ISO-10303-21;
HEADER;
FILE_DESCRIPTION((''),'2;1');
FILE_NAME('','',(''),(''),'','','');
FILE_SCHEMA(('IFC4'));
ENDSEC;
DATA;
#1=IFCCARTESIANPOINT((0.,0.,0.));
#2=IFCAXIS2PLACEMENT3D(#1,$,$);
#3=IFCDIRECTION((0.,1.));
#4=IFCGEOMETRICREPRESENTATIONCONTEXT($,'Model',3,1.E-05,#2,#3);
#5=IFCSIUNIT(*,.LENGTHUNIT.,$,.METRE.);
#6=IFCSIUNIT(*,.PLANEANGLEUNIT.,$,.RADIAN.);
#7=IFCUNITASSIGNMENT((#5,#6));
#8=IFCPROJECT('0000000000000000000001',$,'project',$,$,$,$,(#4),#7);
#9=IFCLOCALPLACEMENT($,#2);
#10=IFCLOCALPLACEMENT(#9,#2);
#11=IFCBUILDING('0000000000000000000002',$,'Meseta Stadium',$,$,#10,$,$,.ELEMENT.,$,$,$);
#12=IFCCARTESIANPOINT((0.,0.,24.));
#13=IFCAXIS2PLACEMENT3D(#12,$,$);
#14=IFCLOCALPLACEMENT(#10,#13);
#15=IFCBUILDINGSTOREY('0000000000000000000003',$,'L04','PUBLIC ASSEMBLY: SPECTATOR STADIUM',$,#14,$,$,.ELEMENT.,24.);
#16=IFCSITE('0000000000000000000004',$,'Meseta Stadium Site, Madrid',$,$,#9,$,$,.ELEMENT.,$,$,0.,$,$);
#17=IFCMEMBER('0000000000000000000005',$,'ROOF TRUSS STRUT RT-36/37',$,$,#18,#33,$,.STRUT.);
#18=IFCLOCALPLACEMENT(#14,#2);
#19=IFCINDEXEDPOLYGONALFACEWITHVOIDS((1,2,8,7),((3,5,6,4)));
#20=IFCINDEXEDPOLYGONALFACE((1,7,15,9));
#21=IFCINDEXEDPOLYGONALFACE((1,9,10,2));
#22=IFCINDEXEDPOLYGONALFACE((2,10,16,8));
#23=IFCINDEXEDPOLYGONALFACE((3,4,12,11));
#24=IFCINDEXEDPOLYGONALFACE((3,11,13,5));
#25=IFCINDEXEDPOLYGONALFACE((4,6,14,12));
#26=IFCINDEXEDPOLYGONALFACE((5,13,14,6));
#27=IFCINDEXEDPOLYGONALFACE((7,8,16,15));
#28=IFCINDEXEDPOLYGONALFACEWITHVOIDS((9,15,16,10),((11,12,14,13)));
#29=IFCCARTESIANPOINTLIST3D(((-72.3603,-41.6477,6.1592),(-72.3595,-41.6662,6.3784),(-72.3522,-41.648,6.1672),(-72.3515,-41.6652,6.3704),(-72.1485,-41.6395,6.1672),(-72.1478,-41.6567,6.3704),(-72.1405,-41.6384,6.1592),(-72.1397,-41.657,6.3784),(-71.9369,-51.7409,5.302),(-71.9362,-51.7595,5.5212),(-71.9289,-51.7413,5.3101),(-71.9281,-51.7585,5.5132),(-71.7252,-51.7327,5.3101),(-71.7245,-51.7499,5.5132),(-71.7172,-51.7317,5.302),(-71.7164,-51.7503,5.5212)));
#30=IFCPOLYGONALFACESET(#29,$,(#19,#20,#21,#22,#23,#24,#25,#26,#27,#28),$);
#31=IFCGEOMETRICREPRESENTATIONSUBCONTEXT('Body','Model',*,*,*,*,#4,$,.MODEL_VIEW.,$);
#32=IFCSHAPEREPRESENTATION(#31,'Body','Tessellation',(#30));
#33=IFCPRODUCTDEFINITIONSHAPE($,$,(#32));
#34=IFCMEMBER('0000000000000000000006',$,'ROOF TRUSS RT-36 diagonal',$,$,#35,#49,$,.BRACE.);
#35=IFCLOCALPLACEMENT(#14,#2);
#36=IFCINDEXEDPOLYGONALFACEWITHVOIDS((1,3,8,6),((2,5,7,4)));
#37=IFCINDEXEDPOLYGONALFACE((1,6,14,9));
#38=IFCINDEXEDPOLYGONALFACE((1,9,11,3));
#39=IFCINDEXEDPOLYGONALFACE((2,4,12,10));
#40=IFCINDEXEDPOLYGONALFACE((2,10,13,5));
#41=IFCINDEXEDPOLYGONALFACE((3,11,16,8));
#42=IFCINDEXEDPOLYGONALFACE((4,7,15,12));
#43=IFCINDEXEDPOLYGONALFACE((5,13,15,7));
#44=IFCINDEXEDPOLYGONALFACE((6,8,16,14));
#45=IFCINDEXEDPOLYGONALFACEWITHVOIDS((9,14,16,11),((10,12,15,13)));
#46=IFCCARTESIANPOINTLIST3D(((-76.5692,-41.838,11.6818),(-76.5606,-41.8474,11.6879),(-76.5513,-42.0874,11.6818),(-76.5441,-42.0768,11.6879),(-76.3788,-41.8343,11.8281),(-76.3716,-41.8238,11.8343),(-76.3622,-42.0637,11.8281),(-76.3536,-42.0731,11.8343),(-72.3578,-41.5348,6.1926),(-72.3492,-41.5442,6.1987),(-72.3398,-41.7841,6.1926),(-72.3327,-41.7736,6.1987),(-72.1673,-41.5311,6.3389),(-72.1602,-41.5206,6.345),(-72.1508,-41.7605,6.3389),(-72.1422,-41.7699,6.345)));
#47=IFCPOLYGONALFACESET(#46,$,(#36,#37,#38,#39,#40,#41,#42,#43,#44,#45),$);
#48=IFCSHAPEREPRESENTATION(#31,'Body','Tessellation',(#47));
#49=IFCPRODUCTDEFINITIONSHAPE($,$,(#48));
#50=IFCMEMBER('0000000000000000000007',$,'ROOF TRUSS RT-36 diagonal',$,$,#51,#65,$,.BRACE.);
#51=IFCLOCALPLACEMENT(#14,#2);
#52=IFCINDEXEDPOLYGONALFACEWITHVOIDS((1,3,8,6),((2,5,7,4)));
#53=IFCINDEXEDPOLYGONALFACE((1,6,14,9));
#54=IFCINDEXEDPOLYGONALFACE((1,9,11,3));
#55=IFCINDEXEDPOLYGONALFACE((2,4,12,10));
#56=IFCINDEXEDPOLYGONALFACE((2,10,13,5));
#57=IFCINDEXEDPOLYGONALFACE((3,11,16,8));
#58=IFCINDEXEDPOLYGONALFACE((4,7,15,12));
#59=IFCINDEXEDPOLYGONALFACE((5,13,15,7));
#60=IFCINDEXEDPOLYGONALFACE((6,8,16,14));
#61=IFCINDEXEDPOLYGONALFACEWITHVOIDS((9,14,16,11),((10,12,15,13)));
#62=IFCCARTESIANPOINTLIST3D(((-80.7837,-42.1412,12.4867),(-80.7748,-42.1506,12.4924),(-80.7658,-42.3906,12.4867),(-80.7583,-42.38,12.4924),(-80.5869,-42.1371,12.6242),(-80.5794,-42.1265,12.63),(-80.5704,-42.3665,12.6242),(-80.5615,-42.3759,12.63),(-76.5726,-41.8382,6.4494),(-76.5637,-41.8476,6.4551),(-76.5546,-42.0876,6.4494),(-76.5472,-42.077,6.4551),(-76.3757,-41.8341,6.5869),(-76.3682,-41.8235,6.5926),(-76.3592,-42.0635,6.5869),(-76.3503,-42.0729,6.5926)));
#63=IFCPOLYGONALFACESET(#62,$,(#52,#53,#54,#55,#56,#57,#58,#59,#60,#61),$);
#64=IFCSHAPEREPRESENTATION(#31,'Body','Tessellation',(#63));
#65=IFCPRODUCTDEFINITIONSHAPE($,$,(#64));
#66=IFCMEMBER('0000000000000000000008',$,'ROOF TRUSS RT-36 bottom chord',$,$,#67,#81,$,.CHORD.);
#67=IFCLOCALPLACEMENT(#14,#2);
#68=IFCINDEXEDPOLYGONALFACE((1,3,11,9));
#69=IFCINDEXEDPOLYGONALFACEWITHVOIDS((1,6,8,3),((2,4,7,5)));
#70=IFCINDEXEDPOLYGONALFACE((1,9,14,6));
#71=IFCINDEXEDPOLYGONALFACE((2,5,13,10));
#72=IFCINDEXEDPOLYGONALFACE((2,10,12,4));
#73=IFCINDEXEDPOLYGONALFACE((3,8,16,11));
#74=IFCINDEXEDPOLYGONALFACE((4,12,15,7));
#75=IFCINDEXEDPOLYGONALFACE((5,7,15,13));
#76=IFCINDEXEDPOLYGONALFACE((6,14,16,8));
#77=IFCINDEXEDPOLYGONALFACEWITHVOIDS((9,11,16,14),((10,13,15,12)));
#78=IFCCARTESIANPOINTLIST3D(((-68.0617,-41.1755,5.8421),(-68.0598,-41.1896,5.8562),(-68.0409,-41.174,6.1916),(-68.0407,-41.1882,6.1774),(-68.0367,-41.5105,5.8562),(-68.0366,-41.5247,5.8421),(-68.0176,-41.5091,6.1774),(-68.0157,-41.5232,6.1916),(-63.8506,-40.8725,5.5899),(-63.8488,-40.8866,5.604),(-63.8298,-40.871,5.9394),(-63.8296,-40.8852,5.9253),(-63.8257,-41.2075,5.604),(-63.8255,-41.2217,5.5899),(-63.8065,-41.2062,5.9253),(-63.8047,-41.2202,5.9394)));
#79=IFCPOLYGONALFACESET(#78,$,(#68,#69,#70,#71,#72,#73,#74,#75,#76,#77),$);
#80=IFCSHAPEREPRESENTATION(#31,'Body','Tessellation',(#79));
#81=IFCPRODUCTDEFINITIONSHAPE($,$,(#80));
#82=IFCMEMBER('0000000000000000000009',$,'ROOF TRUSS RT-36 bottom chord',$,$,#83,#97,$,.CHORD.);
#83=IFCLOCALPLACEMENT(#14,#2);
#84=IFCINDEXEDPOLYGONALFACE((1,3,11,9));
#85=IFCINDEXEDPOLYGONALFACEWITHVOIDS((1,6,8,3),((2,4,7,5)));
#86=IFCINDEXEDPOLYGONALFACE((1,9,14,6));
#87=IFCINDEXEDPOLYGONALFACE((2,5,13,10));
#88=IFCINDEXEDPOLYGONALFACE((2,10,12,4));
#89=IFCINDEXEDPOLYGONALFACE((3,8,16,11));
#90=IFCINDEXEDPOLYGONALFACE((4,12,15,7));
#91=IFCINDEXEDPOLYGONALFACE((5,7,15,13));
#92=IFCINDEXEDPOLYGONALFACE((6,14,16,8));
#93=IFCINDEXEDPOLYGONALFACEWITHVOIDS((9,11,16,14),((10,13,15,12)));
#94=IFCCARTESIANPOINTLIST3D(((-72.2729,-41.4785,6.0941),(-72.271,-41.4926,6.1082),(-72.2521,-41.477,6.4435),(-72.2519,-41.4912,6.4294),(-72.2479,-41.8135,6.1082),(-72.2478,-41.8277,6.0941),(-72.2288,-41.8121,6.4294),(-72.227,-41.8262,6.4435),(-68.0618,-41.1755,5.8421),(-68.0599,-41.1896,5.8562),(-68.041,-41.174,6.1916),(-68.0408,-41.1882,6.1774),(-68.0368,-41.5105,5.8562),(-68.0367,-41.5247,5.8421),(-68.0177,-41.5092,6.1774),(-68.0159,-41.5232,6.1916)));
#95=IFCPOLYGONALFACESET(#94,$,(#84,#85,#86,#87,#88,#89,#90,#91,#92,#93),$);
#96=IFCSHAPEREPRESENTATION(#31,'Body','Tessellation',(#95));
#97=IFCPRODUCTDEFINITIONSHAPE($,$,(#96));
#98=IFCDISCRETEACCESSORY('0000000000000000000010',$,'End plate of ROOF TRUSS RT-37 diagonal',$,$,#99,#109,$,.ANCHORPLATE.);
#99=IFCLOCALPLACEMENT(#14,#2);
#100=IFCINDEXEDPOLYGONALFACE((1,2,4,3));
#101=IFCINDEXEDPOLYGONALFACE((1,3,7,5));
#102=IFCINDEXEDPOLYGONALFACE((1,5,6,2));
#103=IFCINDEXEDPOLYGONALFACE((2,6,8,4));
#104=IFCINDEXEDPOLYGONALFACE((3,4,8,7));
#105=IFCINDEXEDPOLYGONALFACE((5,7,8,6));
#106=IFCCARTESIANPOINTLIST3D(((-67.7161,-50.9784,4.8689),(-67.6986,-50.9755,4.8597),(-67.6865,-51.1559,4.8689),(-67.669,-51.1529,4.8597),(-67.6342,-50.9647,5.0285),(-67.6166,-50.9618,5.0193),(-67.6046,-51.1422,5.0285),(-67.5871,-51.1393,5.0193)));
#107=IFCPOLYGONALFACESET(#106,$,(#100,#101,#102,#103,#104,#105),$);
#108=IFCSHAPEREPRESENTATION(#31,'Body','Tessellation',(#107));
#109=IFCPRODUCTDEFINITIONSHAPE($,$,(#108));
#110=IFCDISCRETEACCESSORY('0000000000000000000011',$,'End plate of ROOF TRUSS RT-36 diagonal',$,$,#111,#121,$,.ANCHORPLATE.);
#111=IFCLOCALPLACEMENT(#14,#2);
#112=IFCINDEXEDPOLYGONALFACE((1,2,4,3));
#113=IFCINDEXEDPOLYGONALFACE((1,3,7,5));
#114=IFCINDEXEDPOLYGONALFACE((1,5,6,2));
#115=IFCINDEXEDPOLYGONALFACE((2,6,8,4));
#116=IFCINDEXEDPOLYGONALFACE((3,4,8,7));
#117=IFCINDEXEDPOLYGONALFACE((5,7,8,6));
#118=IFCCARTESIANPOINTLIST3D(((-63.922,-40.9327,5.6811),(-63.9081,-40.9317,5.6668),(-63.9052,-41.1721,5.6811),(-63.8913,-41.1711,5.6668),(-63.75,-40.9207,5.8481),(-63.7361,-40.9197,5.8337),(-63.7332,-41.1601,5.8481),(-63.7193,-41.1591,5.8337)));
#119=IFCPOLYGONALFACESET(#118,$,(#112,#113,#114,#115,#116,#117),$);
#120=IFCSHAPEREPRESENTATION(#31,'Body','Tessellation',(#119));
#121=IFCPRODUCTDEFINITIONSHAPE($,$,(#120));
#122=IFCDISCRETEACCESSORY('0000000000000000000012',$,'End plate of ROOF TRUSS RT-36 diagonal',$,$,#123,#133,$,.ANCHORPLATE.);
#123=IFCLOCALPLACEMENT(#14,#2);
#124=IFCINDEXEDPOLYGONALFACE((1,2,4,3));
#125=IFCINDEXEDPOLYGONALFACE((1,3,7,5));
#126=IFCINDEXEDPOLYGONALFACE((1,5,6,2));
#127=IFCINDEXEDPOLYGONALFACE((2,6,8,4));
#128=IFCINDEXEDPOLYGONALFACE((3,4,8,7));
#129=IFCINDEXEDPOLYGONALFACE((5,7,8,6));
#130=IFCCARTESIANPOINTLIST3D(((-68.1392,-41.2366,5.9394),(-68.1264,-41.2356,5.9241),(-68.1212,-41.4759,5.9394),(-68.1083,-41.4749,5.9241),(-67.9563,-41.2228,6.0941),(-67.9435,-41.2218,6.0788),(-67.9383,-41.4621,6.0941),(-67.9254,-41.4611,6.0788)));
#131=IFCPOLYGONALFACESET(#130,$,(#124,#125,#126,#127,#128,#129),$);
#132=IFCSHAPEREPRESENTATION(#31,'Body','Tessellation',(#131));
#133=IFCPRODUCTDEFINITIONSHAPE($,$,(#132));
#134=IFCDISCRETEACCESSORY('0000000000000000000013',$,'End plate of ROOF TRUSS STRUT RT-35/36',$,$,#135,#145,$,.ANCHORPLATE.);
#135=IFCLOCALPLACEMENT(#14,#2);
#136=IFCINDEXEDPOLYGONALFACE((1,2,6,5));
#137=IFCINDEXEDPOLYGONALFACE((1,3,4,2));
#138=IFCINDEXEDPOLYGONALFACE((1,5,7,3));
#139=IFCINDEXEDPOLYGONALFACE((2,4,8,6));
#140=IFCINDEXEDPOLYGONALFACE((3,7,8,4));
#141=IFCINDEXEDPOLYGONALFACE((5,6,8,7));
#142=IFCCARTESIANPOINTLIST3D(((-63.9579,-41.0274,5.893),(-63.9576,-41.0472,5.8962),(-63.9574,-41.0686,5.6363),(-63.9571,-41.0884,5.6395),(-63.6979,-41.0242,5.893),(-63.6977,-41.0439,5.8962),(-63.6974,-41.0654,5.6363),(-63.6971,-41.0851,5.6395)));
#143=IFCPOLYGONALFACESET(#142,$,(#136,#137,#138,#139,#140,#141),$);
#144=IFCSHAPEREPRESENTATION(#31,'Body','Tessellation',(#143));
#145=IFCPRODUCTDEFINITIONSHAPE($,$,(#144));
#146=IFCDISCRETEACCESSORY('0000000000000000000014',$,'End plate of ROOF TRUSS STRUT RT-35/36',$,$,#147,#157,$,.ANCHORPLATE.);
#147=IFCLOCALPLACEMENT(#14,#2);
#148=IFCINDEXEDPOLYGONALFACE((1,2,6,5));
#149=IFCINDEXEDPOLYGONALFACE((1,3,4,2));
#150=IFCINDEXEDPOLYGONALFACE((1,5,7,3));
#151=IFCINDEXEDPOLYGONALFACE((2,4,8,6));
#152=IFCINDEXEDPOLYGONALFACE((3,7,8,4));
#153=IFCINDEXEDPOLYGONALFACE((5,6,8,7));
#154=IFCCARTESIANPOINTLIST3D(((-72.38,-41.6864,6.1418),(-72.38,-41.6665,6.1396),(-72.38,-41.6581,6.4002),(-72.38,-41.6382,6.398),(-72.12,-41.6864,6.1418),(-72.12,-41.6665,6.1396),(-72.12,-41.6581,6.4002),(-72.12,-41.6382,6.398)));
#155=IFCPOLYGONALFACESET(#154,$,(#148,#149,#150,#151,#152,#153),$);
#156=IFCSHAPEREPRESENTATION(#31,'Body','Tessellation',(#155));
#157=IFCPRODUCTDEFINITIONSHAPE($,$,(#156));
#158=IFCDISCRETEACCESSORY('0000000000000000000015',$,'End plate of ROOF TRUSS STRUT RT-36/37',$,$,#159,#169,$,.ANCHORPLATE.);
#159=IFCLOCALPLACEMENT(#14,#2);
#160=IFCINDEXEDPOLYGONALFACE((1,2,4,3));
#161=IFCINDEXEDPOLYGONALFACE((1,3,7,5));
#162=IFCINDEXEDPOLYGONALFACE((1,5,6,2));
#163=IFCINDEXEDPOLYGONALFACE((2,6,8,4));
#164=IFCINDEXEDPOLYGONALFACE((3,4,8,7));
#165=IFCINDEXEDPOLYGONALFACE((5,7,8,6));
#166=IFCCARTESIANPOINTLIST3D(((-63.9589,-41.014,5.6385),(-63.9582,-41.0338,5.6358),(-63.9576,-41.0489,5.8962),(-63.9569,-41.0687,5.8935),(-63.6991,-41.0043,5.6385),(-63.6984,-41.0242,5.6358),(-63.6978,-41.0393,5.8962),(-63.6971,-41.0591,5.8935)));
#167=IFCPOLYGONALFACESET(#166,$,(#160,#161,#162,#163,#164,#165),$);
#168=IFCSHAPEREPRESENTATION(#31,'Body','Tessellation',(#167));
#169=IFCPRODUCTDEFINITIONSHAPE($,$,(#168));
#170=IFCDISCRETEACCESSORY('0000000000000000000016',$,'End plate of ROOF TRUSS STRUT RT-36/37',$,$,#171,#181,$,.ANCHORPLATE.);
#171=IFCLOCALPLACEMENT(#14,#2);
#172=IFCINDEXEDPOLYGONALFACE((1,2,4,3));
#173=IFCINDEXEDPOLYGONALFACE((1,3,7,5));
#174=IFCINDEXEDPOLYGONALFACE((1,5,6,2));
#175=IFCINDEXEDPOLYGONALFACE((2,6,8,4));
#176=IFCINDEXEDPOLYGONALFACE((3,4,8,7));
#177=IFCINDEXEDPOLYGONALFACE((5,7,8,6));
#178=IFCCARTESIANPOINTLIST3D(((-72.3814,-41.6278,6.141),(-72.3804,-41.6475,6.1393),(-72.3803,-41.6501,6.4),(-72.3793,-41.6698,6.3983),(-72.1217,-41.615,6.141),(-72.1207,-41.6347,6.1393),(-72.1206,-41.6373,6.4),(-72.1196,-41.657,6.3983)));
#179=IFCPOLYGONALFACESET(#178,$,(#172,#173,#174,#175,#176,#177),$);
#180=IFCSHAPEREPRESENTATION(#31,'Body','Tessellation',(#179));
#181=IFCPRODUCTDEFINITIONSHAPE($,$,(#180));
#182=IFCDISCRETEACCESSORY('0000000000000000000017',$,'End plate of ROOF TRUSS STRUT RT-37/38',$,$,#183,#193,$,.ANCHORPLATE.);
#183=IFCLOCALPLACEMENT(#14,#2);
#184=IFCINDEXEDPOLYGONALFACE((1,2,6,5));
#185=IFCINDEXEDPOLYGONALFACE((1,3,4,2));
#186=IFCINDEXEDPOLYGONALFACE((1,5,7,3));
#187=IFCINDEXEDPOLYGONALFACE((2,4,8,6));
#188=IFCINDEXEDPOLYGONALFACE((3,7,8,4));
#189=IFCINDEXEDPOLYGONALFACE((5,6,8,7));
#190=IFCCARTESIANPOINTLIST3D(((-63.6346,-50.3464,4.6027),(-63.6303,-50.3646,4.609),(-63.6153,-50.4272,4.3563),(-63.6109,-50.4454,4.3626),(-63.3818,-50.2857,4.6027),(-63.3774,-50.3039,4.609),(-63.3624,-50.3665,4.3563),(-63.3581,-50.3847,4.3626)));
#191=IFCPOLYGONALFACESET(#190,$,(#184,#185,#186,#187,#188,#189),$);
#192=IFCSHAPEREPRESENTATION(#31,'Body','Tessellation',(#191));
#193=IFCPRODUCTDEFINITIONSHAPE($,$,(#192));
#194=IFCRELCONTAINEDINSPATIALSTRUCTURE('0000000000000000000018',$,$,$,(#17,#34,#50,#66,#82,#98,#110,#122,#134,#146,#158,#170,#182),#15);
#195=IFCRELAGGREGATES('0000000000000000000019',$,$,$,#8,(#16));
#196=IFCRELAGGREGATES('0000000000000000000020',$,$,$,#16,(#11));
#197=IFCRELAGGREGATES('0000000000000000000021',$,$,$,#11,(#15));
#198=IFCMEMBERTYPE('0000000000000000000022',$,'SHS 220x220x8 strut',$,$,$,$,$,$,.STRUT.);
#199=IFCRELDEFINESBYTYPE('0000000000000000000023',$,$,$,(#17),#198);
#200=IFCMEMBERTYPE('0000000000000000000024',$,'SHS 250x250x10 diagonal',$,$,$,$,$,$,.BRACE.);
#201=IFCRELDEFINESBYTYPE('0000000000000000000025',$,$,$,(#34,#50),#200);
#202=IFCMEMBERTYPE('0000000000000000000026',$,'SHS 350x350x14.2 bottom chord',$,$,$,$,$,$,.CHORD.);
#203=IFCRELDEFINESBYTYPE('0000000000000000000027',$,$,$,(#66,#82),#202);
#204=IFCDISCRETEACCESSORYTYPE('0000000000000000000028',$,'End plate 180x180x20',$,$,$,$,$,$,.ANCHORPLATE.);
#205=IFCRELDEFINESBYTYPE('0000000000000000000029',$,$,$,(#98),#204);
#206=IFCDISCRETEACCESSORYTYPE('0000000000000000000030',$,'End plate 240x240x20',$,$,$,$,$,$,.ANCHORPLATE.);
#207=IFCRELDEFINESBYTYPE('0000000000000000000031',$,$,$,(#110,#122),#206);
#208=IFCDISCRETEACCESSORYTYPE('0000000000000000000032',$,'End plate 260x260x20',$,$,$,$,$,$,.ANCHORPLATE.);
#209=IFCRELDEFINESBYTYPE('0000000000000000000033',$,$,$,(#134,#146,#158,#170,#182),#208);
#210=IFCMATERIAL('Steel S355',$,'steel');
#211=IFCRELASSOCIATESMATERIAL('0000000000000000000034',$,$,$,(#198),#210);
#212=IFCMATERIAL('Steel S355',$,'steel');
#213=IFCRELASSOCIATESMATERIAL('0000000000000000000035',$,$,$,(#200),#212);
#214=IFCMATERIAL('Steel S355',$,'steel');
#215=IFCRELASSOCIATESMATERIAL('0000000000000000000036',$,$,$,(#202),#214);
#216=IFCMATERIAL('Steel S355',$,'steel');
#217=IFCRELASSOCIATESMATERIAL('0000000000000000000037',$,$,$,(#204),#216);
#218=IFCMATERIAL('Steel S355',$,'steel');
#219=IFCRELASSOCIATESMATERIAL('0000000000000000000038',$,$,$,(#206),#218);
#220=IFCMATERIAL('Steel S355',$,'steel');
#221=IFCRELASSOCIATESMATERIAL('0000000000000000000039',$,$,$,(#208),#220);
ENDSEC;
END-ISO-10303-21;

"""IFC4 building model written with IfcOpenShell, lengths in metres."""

from ifc_helpers import new_model, si_unit, direction, frame, origin, origin_2d, place, context, subcontext, project, spatial, rectangle, hollow_rectangle, extrude, material, material_profile, profile_set, type_object, element, save


model = new_model("IFC4")

# Units and contexts
model_context = context("Model", 3, precision=1e-05, world=origin(), true_north=direction((0.0, 1.0)))
body_context = subcontext(model_context, "Body", "Model", "MODEL_VIEW")
ifc_project = project(units=[si_unit("LENGTHUNIT", "METRE"), si_unit("PLANEANGLEUNIT", "RADIAN")], contexts=[model_context])

# Site, building, storey
site_placement = place(None, origin())
site = spatial("IfcSite", under=ifc_project, at=site_placement, Name="Meseta Stadium Site, Madrid", CompositionType="ELEMENT", RefElevation=0.0)
building_placement = place(site_placement, origin())
building = spatial("IfcBuilding", under=site, at=building_placement, Name="Meseta Stadium", CompositionType="ELEMENT")
storey_placement = place(building_placement, frame((0.0, 0.0, 24.0)))
storey = spatial("IfcBuildingStorey", under=building, at=storey_placement, Name="L04", Description="PUBLIC ASSEMBLY: SPECTATOR STADIUM", CompositionType="ELEMENT", Elevation=24.0)

# Members
ifc_material_1 = material(Name="Steel S355", Category="steel")
ifc_material_profile_1 = material_profile(ifc_material_1, hollow_rectangle(XDim=0.22, YDim=0.22, WallThickness=0.0081, at=origin_2d()), Name="SHS 220x220x8")
ifc_profile_set_1 = profile_set([ifc_material_profile_1], Name="Steel S355")
member_type_1 = type_object("IfcMemberType", Name="SHS 220x220x8 strut", PredefinedType="STRUT", material=ifc_profile_set_1)
member_1_placement = place(storey_placement, frame((-72.25, -41.6523, 6.2688), z_axis=(0.041756, -0.995544, -0.084547), x_axis=(0.999122, 0.041906, 0.0)))
element("IfcMember", 1, at=member_1_placement, inside=storey, type_object=member_type_1, Name="ROOF TRUSS STRUT RT-36/37", PredefinedType="STRUT", context=body_context, shape_type="SweptSolid", body=[
    extrude(hollow_rectangle(XDim=0.22, YDim=0.22, WallThickness=0.0081, at=origin_2d()), origin(), (0.0, 0.0, 1.0), 10.1384),
])
ifc_material_2 = material(Name="Steel S355", Category="steel")
ifc_material_profile_2 = material_profile(ifc_material_2, hollow_rectangle(XDim=0.25, YDim=0.25, WallThickness=0.01, at=origin_2d()), Name="SHS 250x250x10")
ifc_profile_set_2 = profile_set([ifc_material_profile_2], Name="Steel S355")
member_type_2 = type_object("IfcMemberType", Name="SHS 250x250x10 diagonal", PredefinedType="BRACE", material=ifc_profile_set_2)
member_2_placement = place(storey_placement, frame((-72.25, -41.6523, 6.2688), z_axis=(-0.60812, -0.043785, 0.792636), x_axis=(0.071814, -0.997418, 0.0)))
element("IfcMember", 2, at=member_2_placement, inside=storey, type_object=member_type_2, Name="ROOF TRUSS RT-36 diagonal", PredefinedType="BRACE", context=body_context, shape_type="SweptSolid", body=[
    extrude(hollow_rectangle(XDim=0.25, YDim=0.25, WallThickness=0.01, at=origin_2d()), origin(), (0.0, 0.0, 1.0), 6.9253),
])
member_3_placement = place(storey_placement, frame((-76.4614, -41.9556, 6.521), z_axis=(-0.571613, -0.041125, 0.819492), x_axis=(0.071761, -0.997422, 0.0)))
element("IfcMember", 3, at=member_3_placement, inside=storey, type_object=member_type_2, Name="ROOF TRUSS RT-36 diagonal", PredefinedType="BRACE", context=body_context, shape_type="SweptSolid", body=[
    extrude(hollow_rectangle(XDim=0.25, YDim=0.25, WallThickness=0.01, at=origin_2d()), origin(), (0.0, 0.0, 1.0), 7.3672),
])
ifc_material_3 = material(Name="Steel S355", Category="steel")
ifc_material_profile_3 = material_profile(ifc_material_3, hollow_rectangle(XDim=0.3501, YDim=0.3501, WallThickness=0.0142, at=origin_2d()), Name="SHS 350x350x14.2")
ifc_profile_set_3 = profile_set([ifc_material_profile_3], Name="Steel S355")
member_type_3 = type_object("IfcMemberType", Name="SHS 350x350x14.2 bottom chord", PredefinedType="CHORD", material=ifc_profile_set_3)
for number, where, z_axis, x_axis, name in (
    (4, (-63.8276, -41.0464, 5.7646), (-0.995647, -0.071633, 0.059627), (0.071761, -0.997422, 0.0), "ROOF TRUSS RT-36 bottom chord"),
    (5, (-68.0388, -41.3494, 6.0168), (-0.995651, -0.071633, 0.059569), (0.071761, -0.997422, 0.0), "ROOF TRUSS RT-36 bottom chord"),
):
    element("IfcMember", number, at=place(storey_placement, frame(where, z_axis=z_axis, x_axis=x_axis)), inside=storey, type_object=member_type_3, Name=name, PredefinedType="CHORD", context=body_context, shape_type="SweptSolid", body=[
        extrude(hollow_rectangle(XDim=0.3501, YDim=0.3501, WallThickness=0.0142, at=origin_2d()), origin(), (0.0, 0.0, 1.0), 4.2295),
    ])

# Discrete accessories
ifc_material_4 = material(Name="Steel S355", Category="steel")
ifc_material_profile_4 = material_profile(ifc_material_4, rectangle(XDim=0.1799, YDim=0.1799, at=origin_2d()), Name="PL 180x180")
ifc_profile_set_4 = profile_set([ifc_material_profile_4], Name="Steel S355")
discrete_accessory_type_1 = type_object("IfcDiscreteAccessoryType", Name="End plate 180x180x20", PredefinedType="ANCHORPLATE", material=ifc_profile_set_4)
discrete_accessory_1_placement = place(storey_placement, frame((-67.6428, -51.0574, 4.9395), z_axis=(-0.874931, -0.145822, 0.461769), x_axis=(0.164399, -0.986394, 0.0)))
element("IfcDiscreteAccessory", 6, at=discrete_accessory_1_placement, inside=storey, type_object=discrete_accessory_type_1, Name="End plate of ROOF TRUSS RT-37 diagonal", PredefinedType="ANCHORPLATE", context=body_context, shape_type="SweptSolid", body=[
    extrude(rectangle(XDim=0.1799, YDim=0.1799, at=origin_2d()), origin(), (0.0, 0.0, 1.0), 0.02),
])
ifc_material_5 = material(Name="Steel S355", Category="steel")
ifc_material_profile_5 = material_profile(ifc_material_5, rectangle(XDim=0.24, YDim=0.24, at=origin_2d()), Name="PL 240x240")
ifc_profile_set_5 = profile_set([ifc_material_profile_5], Name="Steel S355")
discrete_accessory_type_2 = type_object("IfcDiscreteAccessoryType", Name="End plate 240x240x20", PredefinedType="ANCHORPLATE", material=ifc_profile_set_5)
for number, where, z_axis, x_axis, name in (
    (7, (-63.8137, -41.0454, 5.7502), (-0.693988, -0.048701, 0.718338), (0.070003, -0.997547, 0.0), "End plate of ROOF TRUSS RT-36 diagonal"),
    (8, (-68.0259, -41.3484, 6.0015), (-0.643003, -0.048529, 0.764324), (0.075258, -0.997164, 0.0), "End plate of ROOF TRUSS RT-36 diagonal"),
):
    element("IfcDiscreteAccessory", number, at=place(storey_placement, frame(where, z_axis=z_axis, x_axis=x_axis)), inside=storey, type_object=discrete_accessory_type_2, Name=name, PredefinedType="ANCHORPLATE", context=body_context, shape_type="SweptSolid", body=[
        extrude(rectangle(XDim=0.24, YDim=0.24, at=origin_2d()), origin(), (0.0, 0.0, 1.0), 0.02),
    ])
ifc_material_6 = material(Name="Steel S355", Category="steel")
ifc_material_profile_6 = material_profile(ifc_material_6, rectangle(XDim=0.26, YDim=0.26, at=origin_2d()), Name="PL 260x260")
ifc_profile_set_6 = profile_set([ifc_material_profile_6], Name="Steel S355")
discrete_accessory_type_3 = type_object("IfcDiscreteAccessoryType", Name="End plate 260x260x20", PredefinedType="ANCHORPLATE", material=ifc_profile_set_6)
for number, where, z_axis, x_axis, name in (
    (9, (-63.8276, -41.0464, 5.7646), (0.012189, -0.987291, 0.158454), (0.999924, 0.012345, 0.0), "End plate of ROOF TRUSS STRUT RT-35/36"),
    (10, (-72.25, -41.6523, 6.2688), (0.0, -0.994031, 0.109101), (1.0, 0.0, 0.0), "End plate of ROOF TRUSS STRUT RT-35/36"),
    (11, (-63.8284, -41.0266, 5.7673), (0.036675, -0.990238, -0.134477), (0.999315, 0.037012, 0.0), "End plate of ROOF TRUSS STRUT RT-36/37"),
):
    element("IfcDiscreteAccessory", number, at=place(storey_placement, frame(where, z_axis=z_axis, x_axis=x_axis)), inside=storey, type_object=discrete_accessory_type_3, Name=name, PredefinedType="ANCHORPLATE", context=body_context, shape_type="SweptSolid", body=[
        extrude(rectangle(XDim=0.26, YDim=0.26, at=origin_2d()), origin(), (0.0, 0.0, 1.0), 0.02),
    ])
for number, where, z_axis, x_axis, name in (
    (12, (-72.251, -41.6326, 6.2705), (0.04914, -0.995083, -0.085995), (0.998783, 0.049323, 0.0), "End plate of ROOF TRUSS STRUT RT-36/37"),
    (13, (-63.4985, -50.3564, 4.4795), (0.221146, -0.921443, 0.319433), (0.972387, 0.233373, 0.0), "End plate of ROOF TRUSS STRUT RT-37/38"),
):
    element("IfcDiscreteAccessory", number, at=place(storey_placement, frame(where, z_axis=z_axis, x_axis=x_axis)), inside=storey, type_object=discrete_accessory_type_3, Name=name, PredefinedType="ANCHORPLATE", context=body_context, shape_type="SweptSolid", body=[
        extrude(rectangle(XDim=0.26, YDim=0.26, at=origin_2d()), origin(), (0.0, 0.0, 1.0), 0.0198),
    ])

save(model, "model.ifc")
